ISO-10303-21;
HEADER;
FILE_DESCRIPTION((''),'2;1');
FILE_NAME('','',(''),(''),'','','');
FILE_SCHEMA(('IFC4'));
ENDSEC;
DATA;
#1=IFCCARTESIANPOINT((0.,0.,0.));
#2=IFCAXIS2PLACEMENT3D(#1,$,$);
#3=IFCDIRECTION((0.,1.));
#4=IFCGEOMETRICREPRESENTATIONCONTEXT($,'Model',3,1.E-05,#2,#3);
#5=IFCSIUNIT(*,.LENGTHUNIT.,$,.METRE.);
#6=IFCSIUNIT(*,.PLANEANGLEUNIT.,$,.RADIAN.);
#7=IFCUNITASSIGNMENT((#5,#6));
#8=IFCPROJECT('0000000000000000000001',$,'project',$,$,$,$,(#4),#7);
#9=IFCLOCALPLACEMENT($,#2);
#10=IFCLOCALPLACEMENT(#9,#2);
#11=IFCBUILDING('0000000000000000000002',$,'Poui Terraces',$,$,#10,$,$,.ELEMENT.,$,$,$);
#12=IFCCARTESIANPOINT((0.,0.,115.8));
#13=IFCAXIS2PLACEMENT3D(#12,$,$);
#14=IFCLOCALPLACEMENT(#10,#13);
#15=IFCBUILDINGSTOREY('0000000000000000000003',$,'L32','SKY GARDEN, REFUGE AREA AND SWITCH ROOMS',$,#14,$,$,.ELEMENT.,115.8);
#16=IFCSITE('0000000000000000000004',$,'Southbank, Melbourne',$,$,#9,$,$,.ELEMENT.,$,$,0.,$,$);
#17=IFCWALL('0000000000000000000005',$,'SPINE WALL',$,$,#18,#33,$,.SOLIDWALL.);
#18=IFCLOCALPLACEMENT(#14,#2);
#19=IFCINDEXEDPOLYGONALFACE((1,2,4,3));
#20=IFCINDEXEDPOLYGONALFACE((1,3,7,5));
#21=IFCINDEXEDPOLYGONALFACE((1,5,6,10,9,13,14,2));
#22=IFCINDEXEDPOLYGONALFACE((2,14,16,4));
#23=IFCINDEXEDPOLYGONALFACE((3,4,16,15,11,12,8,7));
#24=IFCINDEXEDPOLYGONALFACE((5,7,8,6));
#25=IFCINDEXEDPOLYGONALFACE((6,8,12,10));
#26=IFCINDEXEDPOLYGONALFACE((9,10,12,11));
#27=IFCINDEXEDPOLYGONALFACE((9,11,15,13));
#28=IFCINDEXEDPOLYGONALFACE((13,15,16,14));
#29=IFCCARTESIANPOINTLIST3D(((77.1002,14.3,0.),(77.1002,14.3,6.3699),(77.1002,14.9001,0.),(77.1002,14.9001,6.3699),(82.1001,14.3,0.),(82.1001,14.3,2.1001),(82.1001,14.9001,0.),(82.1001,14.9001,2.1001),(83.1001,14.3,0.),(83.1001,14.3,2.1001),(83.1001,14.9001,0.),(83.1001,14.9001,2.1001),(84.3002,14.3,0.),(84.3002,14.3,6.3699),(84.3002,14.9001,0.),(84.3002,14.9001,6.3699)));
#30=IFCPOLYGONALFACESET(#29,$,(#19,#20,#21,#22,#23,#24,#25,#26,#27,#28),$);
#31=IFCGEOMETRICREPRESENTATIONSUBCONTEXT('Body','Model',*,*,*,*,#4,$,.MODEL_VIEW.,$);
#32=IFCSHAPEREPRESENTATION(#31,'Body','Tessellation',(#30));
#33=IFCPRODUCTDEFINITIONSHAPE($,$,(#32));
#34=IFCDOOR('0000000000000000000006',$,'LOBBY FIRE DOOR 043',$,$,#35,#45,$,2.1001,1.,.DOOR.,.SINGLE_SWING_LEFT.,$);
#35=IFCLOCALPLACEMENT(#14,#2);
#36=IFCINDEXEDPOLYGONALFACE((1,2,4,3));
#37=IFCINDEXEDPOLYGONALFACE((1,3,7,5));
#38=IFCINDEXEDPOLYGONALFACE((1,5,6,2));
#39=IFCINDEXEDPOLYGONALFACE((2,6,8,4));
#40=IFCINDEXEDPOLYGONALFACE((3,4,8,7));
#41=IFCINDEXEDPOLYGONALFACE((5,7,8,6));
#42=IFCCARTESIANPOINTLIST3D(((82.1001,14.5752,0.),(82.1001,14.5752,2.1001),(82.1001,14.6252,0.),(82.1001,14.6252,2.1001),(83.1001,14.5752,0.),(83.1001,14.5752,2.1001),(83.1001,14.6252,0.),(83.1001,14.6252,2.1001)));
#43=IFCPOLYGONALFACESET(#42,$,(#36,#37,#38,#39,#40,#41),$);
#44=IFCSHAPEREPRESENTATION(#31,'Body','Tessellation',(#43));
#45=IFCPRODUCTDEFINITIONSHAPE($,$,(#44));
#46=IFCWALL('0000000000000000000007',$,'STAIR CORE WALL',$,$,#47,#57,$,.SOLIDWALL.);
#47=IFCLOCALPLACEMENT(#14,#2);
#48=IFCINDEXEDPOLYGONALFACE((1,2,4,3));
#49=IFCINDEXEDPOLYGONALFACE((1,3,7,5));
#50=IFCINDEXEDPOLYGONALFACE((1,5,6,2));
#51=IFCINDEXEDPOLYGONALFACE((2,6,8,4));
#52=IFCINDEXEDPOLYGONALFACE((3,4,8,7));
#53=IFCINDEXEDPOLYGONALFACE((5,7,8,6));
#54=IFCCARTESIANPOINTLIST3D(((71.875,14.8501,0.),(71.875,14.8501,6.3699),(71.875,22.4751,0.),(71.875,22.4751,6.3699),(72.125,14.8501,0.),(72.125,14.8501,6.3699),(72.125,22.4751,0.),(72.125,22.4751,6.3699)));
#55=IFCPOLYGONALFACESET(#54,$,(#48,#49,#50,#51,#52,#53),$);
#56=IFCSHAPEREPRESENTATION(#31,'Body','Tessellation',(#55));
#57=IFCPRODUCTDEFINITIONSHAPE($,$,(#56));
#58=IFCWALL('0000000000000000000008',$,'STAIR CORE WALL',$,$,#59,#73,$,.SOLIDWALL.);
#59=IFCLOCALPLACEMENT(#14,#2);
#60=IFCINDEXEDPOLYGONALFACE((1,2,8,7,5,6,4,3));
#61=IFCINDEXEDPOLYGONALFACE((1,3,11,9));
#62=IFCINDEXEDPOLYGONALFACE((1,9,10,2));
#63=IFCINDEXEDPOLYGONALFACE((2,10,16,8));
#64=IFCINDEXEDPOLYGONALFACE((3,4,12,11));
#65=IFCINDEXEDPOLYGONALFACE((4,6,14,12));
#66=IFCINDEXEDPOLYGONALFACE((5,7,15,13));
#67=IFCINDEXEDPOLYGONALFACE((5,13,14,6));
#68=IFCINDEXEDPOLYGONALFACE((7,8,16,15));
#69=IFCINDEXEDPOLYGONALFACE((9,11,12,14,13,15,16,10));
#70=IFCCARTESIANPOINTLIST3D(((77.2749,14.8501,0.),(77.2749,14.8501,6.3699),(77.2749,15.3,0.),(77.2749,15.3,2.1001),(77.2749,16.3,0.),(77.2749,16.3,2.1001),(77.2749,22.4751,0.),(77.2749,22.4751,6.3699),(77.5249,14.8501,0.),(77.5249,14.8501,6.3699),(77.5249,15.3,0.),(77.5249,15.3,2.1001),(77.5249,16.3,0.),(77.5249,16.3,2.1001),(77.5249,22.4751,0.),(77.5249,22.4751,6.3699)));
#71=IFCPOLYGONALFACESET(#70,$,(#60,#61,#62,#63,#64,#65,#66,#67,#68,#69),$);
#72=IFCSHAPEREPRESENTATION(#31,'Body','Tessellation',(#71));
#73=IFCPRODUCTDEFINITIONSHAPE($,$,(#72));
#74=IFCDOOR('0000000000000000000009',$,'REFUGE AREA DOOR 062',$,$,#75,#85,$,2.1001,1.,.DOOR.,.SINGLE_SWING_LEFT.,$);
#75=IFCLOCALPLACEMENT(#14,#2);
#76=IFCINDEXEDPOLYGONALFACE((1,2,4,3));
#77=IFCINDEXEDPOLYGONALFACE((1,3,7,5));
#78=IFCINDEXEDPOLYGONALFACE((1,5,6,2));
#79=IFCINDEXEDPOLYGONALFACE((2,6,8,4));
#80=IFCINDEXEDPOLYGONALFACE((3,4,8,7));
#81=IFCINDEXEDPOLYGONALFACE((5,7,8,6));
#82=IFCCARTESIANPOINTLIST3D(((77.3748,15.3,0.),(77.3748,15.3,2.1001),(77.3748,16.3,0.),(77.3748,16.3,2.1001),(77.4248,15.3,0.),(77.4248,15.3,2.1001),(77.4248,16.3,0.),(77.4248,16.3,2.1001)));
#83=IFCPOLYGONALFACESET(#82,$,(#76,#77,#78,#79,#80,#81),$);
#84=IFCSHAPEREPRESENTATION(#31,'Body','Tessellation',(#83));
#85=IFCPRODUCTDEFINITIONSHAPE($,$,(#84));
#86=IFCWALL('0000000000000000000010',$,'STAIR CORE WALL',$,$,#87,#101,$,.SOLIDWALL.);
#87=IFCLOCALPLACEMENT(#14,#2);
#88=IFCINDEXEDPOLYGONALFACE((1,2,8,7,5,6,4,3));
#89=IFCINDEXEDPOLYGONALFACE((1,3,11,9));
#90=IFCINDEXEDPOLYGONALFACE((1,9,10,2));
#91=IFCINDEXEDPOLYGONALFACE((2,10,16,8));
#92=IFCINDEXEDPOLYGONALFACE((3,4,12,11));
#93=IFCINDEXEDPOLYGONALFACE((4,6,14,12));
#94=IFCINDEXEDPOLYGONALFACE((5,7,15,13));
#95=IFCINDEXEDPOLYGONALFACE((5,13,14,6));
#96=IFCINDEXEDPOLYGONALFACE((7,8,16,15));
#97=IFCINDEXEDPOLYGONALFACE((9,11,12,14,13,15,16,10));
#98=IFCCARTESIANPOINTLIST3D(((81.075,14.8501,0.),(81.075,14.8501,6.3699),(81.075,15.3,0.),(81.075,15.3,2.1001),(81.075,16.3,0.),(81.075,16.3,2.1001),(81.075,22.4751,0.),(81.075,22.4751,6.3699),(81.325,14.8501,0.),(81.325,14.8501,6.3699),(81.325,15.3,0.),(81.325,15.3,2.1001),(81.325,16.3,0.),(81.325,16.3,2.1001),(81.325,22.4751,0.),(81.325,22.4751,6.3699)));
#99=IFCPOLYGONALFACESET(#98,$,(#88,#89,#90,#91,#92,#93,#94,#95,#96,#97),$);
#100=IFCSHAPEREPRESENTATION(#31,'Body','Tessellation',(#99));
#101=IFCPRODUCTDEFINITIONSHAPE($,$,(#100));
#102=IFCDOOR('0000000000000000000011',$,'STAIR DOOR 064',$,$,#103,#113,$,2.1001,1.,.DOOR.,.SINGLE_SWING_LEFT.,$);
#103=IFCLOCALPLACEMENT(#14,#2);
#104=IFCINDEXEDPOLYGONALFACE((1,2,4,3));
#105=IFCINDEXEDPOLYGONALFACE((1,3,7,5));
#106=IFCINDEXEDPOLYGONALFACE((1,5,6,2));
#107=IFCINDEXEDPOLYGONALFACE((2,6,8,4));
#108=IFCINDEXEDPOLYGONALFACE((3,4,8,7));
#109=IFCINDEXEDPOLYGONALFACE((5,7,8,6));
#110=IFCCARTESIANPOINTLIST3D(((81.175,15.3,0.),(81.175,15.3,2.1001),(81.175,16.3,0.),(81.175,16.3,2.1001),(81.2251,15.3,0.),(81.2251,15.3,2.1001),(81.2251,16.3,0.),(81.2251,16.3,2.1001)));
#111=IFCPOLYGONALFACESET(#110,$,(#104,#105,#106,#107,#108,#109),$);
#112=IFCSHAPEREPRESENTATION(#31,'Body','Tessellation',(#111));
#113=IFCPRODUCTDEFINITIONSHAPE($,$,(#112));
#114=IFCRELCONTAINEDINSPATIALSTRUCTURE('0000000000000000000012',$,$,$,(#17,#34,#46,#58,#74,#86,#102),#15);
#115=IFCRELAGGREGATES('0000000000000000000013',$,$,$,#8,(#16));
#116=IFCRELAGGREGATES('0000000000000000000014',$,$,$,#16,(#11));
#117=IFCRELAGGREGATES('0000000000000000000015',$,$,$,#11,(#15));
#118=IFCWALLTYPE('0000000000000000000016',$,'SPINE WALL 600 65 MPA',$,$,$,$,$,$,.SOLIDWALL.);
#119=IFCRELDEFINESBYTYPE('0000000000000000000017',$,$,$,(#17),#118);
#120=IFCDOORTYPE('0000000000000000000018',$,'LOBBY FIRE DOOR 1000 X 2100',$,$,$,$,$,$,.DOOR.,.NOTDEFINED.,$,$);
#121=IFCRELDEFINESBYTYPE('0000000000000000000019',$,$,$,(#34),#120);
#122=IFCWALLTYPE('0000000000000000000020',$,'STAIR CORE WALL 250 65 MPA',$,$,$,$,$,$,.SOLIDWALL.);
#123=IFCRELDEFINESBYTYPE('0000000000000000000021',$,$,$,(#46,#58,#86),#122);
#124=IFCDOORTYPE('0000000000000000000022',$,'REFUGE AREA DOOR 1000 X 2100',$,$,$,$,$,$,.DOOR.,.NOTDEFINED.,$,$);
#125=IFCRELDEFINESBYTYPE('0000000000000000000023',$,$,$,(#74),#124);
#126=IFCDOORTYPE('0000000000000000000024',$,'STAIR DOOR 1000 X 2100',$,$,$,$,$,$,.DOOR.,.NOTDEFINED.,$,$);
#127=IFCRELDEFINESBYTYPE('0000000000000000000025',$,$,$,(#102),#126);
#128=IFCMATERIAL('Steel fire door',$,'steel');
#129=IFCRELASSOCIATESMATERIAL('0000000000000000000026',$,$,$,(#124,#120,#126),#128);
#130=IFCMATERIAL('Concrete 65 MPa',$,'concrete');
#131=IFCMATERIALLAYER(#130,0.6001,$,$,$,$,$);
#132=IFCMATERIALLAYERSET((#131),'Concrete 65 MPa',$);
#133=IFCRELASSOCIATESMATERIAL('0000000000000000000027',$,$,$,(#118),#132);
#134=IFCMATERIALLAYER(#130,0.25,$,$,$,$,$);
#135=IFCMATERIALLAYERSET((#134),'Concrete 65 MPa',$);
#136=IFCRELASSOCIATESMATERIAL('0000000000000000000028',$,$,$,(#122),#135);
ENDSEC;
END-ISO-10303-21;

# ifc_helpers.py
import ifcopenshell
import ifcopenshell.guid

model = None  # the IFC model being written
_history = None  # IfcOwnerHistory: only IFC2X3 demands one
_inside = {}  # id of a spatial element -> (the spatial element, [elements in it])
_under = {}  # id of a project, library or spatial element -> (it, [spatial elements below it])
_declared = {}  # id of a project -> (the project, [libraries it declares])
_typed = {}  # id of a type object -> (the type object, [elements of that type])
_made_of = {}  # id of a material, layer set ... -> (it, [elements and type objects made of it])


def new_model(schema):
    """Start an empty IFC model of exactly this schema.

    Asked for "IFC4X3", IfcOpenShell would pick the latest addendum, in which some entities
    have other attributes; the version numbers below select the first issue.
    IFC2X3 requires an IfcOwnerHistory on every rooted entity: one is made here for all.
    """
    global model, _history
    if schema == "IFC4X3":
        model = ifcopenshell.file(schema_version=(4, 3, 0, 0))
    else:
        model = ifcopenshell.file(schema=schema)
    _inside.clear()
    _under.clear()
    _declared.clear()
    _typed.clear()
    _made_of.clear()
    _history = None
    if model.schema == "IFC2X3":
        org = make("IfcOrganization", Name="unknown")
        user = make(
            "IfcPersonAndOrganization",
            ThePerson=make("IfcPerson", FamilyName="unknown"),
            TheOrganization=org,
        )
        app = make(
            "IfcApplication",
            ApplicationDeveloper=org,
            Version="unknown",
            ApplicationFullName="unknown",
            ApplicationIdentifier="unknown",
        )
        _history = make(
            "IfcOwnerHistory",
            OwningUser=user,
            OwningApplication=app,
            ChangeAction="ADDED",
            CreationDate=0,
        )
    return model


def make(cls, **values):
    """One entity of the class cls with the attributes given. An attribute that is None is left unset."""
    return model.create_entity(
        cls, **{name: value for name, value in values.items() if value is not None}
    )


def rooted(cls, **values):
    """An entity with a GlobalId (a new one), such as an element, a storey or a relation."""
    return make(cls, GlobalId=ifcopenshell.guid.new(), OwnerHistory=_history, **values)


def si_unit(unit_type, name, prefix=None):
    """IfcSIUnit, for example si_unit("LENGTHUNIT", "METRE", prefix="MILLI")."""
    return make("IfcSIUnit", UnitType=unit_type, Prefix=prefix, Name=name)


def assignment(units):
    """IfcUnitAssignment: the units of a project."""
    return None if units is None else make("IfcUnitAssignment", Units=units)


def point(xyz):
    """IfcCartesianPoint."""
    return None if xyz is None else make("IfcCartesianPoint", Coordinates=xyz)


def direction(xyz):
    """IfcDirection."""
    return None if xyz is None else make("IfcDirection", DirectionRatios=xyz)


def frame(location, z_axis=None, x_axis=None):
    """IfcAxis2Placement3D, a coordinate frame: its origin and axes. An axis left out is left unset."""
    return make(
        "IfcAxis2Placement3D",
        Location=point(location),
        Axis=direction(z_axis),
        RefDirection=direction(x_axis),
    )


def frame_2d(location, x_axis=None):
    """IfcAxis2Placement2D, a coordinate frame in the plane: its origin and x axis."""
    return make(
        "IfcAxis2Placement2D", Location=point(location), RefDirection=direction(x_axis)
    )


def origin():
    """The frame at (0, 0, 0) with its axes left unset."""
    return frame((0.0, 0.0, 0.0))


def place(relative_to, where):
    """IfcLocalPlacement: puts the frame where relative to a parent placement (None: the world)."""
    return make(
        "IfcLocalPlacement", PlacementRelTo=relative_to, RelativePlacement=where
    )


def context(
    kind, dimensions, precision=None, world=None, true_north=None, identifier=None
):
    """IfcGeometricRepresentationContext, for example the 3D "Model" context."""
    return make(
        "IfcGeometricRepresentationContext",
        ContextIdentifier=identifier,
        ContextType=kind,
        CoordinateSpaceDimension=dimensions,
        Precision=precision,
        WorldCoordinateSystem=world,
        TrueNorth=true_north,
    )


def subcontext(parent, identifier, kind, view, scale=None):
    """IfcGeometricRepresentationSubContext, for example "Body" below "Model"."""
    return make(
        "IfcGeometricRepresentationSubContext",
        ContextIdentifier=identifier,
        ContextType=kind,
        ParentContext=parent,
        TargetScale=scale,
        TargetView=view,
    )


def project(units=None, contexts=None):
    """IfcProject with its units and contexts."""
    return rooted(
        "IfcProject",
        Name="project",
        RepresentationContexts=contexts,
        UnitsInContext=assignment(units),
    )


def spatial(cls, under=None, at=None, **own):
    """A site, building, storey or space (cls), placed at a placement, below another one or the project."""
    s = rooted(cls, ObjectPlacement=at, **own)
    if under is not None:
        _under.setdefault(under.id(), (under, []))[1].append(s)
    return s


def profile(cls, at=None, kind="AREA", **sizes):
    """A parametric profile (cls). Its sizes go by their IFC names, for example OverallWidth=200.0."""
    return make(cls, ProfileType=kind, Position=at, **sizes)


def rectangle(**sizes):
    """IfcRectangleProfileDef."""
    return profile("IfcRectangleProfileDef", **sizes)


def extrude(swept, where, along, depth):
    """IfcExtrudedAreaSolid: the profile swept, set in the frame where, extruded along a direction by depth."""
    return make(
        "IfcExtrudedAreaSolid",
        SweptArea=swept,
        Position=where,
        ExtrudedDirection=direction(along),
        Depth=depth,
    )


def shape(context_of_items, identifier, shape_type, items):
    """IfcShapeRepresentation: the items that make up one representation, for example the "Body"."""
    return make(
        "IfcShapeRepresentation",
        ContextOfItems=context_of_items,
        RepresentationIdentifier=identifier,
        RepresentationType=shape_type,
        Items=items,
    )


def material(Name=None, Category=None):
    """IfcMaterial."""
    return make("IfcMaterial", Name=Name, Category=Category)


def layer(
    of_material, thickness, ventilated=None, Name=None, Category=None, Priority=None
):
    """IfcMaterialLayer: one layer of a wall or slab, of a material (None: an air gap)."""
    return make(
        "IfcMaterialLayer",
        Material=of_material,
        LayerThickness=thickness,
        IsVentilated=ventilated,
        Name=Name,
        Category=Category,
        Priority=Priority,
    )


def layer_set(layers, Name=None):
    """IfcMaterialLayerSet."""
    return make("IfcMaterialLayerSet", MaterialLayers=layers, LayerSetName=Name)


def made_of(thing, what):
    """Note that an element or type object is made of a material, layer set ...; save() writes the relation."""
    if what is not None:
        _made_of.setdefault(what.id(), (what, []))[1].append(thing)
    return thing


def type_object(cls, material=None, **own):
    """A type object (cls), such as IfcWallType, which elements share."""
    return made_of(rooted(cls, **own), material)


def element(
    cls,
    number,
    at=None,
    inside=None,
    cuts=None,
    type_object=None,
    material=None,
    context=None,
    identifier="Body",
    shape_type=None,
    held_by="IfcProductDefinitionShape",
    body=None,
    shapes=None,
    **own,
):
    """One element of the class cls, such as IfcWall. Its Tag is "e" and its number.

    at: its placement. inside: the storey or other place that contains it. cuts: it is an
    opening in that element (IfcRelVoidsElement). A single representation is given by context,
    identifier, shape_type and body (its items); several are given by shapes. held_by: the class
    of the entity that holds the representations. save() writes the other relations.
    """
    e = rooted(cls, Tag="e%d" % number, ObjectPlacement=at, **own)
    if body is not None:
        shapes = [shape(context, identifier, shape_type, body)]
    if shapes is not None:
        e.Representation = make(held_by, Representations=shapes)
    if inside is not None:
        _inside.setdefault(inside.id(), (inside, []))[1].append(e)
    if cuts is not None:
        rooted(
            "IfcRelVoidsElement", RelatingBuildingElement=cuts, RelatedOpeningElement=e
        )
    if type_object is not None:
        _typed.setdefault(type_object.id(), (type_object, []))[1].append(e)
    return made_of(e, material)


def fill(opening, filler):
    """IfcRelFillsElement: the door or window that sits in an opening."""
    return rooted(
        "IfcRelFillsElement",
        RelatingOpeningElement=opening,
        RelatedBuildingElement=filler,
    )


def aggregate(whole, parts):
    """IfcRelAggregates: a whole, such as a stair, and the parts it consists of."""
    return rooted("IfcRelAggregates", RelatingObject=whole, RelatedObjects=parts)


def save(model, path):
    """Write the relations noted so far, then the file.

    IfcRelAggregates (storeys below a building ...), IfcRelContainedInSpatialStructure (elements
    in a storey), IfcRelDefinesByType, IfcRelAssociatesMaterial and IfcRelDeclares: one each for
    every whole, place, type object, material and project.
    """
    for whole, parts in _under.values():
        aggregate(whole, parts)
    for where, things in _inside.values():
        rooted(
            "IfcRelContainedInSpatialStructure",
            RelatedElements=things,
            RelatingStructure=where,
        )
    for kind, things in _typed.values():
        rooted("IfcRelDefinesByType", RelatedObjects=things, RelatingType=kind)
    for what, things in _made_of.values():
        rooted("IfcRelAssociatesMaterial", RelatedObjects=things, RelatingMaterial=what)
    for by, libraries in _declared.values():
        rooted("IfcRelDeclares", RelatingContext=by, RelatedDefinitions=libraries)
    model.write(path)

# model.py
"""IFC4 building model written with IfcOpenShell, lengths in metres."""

from ifc_helpers import new_model, si_unit, direction, frame, frame_2d, origin, place, context, subcontext, project, spatial, rectangle, extrude, material, layer, layer_set, type_object, element, fill, save


model = new_model("IFC4")

# Units and contexts
model_context = context("Model", 3, precision=1e-05, world=origin(), true_north=direction((0.0, 1.0)))
body_context = subcontext(model_context, "Body", "Model", "MODEL_VIEW")
ifc_project = project(units=[si_unit("LENGTHUNIT", "METRE"), si_unit("PLANEANGLEUNIT", "RADIAN")], contexts=[model_context])

# Site, building, storey
site_placement = place(None, origin())
site = spatial("IfcSite", under=ifc_project, at=site_placement, Name="Southbank, Melbourne", CompositionType="ELEMENT", RefElevation=0.0)
building_placement = place(site_placement, origin())
building = spatial("IfcBuilding", under=site, at=building_placement, Name="Poui Terraces", CompositionType="ELEMENT")
storey_placement = place(building_placement, frame((0.0, 0.0, 115.8)))
storey = spatial("IfcBuildingStorey", under=building, at=storey_placement, Name="L32", Description="SKY GARDEN, REFUGE AREA AND SWITCH ROOMS", CompositionType="ELEMENT", Elevation=115.8)

# Shared definitions
ifc_material_1 = material(Name="Concrete 65 MPa", Category="concrete")
ifc_material_2 = material(Name="Steel fire door", Category="steel")

# Shared definitions
door_type_1 = type_object("IfcDoorType", Name="REFUGE AREA DOOR 1000 X 2100", OperationType="NOTDEFINED", PredefinedType="DOOR", material=ifc_material_2)

# Wall, opening, door
ifc_layer_1 = layer(ifc_material_1, 0.6001)
ifc_layer_set_1 = layer_set([ifc_layer_1], Name="Concrete 65 MPa")
wall_type_1 = type_object("IfcWallType", Name="SPINE WALL 600 65 MPA", PredefinedType="SOLIDWALL", material=ifc_layer_set_1)
wall_1_placement = place(storey_placement, frame((77.1001, 14.6001, 0.0), z_axis=(0.0, 0.0, 1.0), x_axis=(1.0, 0.0, 0.0)))
wall_1 = element("IfcWall", 1, at=wall_1_placement, inside=storey, type_object=wall_type_1, Name="SPINE WALL", PredefinedType="SOLIDWALL", context=body_context, shape_type="SweptSolid", body=[
    extrude(rectangle(XDim=7.2, YDim=0.6001, at=frame_2d((3.6001, 0.0))), origin(), (0.0, 0.0, 1.0), 6.3699),
])
opening_1_placement = place(wall_1_placement, frame((5.0, 0.0, 0.0)))
opening_1 = element("IfcOpeningElement", 2, at=opening_1_placement, cuts=wall_1, PredefinedType="OPENING", context=body_context, shape_type="SweptSolid", body=[
    extrude(rectangle(XDim=1.0, YDim=2.1001, at=frame_2d((0.5, 1.05))), frame((0.0, 0.3101, 0.0), z_axis=(0.0, -1.0, 0.0), x_axis=(1.0, 0.0, 0.0)), (0.0, 0.0, 1.0), 0.6201),
])
door_type_2 = type_object("IfcDoorType", Name="LOBBY FIRE DOOR 1000 X 2100", OperationType="NOTDEFINED", PredefinedType="DOOR", material=ifc_material_2)
door_1_placement = place(opening_1_placement, frame((1.0, 0.0, 0.0), z_axis=(0.0, 0.0, 1.0), x_axis=(-1.0, 0.0, 0.0)))
door_1 = element("IfcDoor", 3, at=door_1_placement, inside=storey, type_object=door_type_2, Name="LOBBY FIRE DOOR 043", OperationType="SINGLE_SWING_LEFT", OverallHeight=2.1001, OverallWidth=1.0, PredefinedType="DOOR", context=body_context, shape_type="SweptSolid", body=[
    extrude(rectangle(XDim=1.0, YDim=2.1001, at=frame_2d((0.5, 1.05))), frame((0.0, 0.0249, 0.0), z_axis=(0.0, -1.0, 0.0), x_axis=(1.0, 0.0, 0.0)), (0.0, 0.0, 1.0), 0.05),
])
fill(opening_1, door_1)

# Wall
ifc_layer_2 = layer(ifc_material_1, 0.25)
ifc_layer_set_2 = layer_set([ifc_layer_2], Name="Concrete 65 MPa")
wall_type_2 = type_object("IfcWallType", Name="STAIR CORE WALL 250 65 MPA", PredefinedType="SOLIDWALL", material=ifc_layer_set_2)
wall_2_placement = place(storey_placement, frame((72.0, 14.8501, 0.0), z_axis=(0.0, 0.0, 1.0), x_axis=(0.0, 1.0, 0.0)))
element("IfcWall", 4, at=wall_2_placement, inside=storey, type_object=wall_type_2, Name="STAIR CORE WALL", PredefinedType="SOLIDWALL", context=body_context, shape_type="SweptSolid", body=[
    extrude(rectangle(XDim=7.625, YDim=0.25, at=frame_2d((3.8125, 0.0))), origin(), (0.0, 0.0, 1.0), 6.3699),
])

# Walls, openings, doors
wall_3_placement = place(storey_placement, frame((77.3999, 14.8501, 0.0), z_axis=(0.0, 0.0, 1.0), x_axis=(0.0, 1.0, 0.0)))
wall_3 = element("IfcWall", 5, at=wall_3_placement, inside=storey, type_object=wall_type_2, Name="STAIR CORE WALL", PredefinedType="SOLIDWALL", context=body_context, shape_type="SweptSolid", body=[
    extrude(rectangle(XDim=7.625, YDim=0.25, at=frame_2d((3.8125, 0.0))), origin(), (0.0, 0.0, 1.0), 6.3699),
])
opening_2_placement = place(wall_3_placement, frame((0.45, 0.0, 0.0)))
opening_2 = element("IfcOpeningElement", 6, at=opening_2_placement, cuts=wall_3, PredefinedType="OPENING", context=body_context, shape_type="SweptSolid", body=[
    extrude(rectangle(XDim=1.0, YDim=2.1001, at=frame_2d((0.5, 1.05))), frame((0.0, 0.135, 0.0), z_axis=(0.0, -1.0, 0.0), x_axis=(1.0, 0.0, 0.0)), (0.0, 0.0, 1.0), 0.27),
])
door_2_placement = place(opening_2_placement, frame((1.0, 0.0, 0.0), z_axis=(0.0, 0.0, 1.0), x_axis=(-1.0, 0.0, 0.0)))
door_2 = element("IfcDoor", 7, at=door_2_placement, inside=storey, type_object=door_type_1, Name="REFUGE AREA DOOR 062", OperationType="SINGLE_SWING_LEFT", OverallHeight=2.1001, OverallWidth=1.0, PredefinedType="DOOR", context=body_context, shape_type="SweptSolid", body=[
    extrude(rectangle(XDim=1.0, YDim=2.1001, at=frame_2d((0.5, 1.05))), frame((0.0, 0.0249, 0.0), z_axis=(0.0, -1.0, 0.0), x_axis=(1.0, 0.0, 0.0)), (0.0, 0.0, 1.0), 0.05),
])
fill(opening_2, door_2)
wall_4_placement = place(storey_placement, frame((81.2, 14.8501, 0.0), z_axis=(0.0, 0.0, 1.0), x_axis=(0.0, 1.0, 0.0)))
wall_4 = element("IfcWall", 8, at=wall_4_placement, inside=storey, type_object=wall_type_2, Name="STAIR CORE WALL", PredefinedType="SOLIDWALL", context=body_context, shape_type="SweptSolid", body=[
    extrude(rectangle(XDim=7.625, YDim=0.25, at=frame_2d((3.8125, 0.0))), origin(), (0.0, 0.0, 1.0), 6.3699),
])
opening_3_placement = place(wall_4_placement, frame((0.45, 0.0, 0.0)))
opening_3 = element("IfcOpeningElement", 9, at=opening_3_placement, cuts=wall_4, PredefinedType="OPENING", context=body_context, shape_type="SweptSolid", body=[
    extrude(rectangle(XDim=1.0, YDim=2.1001, at=frame_2d((0.5, 1.05))), frame((0.0, 0.135, 0.0), z_axis=(0.0, -1.0, 0.0), x_axis=(1.0, 0.0, 0.0)), (0.0, 0.0, 1.0), 0.27),
])
door_type_3 = type_object("IfcDoorType", Name="STAIR DOOR 1000 X 2100", OperationType="NOTDEFINED", PredefinedType="DOOR", material=ifc_material_2)
door_3_placement = place(opening_3_placement, origin())
door_3 = element("IfcDoor", 10, at=door_3_placement, inside=storey, type_object=door_type_3, Name="STAIR DOOR 064", OperationType="SINGLE_SWING_LEFT", OverallHeight=2.1001, OverallWidth=1.0, PredefinedType="DOOR", context=body_context, shape_type="SweptSolid", body=[
    extrude(rectangle(XDim=1.0, YDim=2.1001, at=frame_2d((0.5, 1.05))), frame((0.0, 0.0249, 0.0), z_axis=(0.0, -1.0, 0.0), x_axis=(1.0, 0.0, 0.0)), (0.0, 0.0, 1.0), 0.05),
])
fill(opening_3, door_3)

save(model, "model.ifc")
